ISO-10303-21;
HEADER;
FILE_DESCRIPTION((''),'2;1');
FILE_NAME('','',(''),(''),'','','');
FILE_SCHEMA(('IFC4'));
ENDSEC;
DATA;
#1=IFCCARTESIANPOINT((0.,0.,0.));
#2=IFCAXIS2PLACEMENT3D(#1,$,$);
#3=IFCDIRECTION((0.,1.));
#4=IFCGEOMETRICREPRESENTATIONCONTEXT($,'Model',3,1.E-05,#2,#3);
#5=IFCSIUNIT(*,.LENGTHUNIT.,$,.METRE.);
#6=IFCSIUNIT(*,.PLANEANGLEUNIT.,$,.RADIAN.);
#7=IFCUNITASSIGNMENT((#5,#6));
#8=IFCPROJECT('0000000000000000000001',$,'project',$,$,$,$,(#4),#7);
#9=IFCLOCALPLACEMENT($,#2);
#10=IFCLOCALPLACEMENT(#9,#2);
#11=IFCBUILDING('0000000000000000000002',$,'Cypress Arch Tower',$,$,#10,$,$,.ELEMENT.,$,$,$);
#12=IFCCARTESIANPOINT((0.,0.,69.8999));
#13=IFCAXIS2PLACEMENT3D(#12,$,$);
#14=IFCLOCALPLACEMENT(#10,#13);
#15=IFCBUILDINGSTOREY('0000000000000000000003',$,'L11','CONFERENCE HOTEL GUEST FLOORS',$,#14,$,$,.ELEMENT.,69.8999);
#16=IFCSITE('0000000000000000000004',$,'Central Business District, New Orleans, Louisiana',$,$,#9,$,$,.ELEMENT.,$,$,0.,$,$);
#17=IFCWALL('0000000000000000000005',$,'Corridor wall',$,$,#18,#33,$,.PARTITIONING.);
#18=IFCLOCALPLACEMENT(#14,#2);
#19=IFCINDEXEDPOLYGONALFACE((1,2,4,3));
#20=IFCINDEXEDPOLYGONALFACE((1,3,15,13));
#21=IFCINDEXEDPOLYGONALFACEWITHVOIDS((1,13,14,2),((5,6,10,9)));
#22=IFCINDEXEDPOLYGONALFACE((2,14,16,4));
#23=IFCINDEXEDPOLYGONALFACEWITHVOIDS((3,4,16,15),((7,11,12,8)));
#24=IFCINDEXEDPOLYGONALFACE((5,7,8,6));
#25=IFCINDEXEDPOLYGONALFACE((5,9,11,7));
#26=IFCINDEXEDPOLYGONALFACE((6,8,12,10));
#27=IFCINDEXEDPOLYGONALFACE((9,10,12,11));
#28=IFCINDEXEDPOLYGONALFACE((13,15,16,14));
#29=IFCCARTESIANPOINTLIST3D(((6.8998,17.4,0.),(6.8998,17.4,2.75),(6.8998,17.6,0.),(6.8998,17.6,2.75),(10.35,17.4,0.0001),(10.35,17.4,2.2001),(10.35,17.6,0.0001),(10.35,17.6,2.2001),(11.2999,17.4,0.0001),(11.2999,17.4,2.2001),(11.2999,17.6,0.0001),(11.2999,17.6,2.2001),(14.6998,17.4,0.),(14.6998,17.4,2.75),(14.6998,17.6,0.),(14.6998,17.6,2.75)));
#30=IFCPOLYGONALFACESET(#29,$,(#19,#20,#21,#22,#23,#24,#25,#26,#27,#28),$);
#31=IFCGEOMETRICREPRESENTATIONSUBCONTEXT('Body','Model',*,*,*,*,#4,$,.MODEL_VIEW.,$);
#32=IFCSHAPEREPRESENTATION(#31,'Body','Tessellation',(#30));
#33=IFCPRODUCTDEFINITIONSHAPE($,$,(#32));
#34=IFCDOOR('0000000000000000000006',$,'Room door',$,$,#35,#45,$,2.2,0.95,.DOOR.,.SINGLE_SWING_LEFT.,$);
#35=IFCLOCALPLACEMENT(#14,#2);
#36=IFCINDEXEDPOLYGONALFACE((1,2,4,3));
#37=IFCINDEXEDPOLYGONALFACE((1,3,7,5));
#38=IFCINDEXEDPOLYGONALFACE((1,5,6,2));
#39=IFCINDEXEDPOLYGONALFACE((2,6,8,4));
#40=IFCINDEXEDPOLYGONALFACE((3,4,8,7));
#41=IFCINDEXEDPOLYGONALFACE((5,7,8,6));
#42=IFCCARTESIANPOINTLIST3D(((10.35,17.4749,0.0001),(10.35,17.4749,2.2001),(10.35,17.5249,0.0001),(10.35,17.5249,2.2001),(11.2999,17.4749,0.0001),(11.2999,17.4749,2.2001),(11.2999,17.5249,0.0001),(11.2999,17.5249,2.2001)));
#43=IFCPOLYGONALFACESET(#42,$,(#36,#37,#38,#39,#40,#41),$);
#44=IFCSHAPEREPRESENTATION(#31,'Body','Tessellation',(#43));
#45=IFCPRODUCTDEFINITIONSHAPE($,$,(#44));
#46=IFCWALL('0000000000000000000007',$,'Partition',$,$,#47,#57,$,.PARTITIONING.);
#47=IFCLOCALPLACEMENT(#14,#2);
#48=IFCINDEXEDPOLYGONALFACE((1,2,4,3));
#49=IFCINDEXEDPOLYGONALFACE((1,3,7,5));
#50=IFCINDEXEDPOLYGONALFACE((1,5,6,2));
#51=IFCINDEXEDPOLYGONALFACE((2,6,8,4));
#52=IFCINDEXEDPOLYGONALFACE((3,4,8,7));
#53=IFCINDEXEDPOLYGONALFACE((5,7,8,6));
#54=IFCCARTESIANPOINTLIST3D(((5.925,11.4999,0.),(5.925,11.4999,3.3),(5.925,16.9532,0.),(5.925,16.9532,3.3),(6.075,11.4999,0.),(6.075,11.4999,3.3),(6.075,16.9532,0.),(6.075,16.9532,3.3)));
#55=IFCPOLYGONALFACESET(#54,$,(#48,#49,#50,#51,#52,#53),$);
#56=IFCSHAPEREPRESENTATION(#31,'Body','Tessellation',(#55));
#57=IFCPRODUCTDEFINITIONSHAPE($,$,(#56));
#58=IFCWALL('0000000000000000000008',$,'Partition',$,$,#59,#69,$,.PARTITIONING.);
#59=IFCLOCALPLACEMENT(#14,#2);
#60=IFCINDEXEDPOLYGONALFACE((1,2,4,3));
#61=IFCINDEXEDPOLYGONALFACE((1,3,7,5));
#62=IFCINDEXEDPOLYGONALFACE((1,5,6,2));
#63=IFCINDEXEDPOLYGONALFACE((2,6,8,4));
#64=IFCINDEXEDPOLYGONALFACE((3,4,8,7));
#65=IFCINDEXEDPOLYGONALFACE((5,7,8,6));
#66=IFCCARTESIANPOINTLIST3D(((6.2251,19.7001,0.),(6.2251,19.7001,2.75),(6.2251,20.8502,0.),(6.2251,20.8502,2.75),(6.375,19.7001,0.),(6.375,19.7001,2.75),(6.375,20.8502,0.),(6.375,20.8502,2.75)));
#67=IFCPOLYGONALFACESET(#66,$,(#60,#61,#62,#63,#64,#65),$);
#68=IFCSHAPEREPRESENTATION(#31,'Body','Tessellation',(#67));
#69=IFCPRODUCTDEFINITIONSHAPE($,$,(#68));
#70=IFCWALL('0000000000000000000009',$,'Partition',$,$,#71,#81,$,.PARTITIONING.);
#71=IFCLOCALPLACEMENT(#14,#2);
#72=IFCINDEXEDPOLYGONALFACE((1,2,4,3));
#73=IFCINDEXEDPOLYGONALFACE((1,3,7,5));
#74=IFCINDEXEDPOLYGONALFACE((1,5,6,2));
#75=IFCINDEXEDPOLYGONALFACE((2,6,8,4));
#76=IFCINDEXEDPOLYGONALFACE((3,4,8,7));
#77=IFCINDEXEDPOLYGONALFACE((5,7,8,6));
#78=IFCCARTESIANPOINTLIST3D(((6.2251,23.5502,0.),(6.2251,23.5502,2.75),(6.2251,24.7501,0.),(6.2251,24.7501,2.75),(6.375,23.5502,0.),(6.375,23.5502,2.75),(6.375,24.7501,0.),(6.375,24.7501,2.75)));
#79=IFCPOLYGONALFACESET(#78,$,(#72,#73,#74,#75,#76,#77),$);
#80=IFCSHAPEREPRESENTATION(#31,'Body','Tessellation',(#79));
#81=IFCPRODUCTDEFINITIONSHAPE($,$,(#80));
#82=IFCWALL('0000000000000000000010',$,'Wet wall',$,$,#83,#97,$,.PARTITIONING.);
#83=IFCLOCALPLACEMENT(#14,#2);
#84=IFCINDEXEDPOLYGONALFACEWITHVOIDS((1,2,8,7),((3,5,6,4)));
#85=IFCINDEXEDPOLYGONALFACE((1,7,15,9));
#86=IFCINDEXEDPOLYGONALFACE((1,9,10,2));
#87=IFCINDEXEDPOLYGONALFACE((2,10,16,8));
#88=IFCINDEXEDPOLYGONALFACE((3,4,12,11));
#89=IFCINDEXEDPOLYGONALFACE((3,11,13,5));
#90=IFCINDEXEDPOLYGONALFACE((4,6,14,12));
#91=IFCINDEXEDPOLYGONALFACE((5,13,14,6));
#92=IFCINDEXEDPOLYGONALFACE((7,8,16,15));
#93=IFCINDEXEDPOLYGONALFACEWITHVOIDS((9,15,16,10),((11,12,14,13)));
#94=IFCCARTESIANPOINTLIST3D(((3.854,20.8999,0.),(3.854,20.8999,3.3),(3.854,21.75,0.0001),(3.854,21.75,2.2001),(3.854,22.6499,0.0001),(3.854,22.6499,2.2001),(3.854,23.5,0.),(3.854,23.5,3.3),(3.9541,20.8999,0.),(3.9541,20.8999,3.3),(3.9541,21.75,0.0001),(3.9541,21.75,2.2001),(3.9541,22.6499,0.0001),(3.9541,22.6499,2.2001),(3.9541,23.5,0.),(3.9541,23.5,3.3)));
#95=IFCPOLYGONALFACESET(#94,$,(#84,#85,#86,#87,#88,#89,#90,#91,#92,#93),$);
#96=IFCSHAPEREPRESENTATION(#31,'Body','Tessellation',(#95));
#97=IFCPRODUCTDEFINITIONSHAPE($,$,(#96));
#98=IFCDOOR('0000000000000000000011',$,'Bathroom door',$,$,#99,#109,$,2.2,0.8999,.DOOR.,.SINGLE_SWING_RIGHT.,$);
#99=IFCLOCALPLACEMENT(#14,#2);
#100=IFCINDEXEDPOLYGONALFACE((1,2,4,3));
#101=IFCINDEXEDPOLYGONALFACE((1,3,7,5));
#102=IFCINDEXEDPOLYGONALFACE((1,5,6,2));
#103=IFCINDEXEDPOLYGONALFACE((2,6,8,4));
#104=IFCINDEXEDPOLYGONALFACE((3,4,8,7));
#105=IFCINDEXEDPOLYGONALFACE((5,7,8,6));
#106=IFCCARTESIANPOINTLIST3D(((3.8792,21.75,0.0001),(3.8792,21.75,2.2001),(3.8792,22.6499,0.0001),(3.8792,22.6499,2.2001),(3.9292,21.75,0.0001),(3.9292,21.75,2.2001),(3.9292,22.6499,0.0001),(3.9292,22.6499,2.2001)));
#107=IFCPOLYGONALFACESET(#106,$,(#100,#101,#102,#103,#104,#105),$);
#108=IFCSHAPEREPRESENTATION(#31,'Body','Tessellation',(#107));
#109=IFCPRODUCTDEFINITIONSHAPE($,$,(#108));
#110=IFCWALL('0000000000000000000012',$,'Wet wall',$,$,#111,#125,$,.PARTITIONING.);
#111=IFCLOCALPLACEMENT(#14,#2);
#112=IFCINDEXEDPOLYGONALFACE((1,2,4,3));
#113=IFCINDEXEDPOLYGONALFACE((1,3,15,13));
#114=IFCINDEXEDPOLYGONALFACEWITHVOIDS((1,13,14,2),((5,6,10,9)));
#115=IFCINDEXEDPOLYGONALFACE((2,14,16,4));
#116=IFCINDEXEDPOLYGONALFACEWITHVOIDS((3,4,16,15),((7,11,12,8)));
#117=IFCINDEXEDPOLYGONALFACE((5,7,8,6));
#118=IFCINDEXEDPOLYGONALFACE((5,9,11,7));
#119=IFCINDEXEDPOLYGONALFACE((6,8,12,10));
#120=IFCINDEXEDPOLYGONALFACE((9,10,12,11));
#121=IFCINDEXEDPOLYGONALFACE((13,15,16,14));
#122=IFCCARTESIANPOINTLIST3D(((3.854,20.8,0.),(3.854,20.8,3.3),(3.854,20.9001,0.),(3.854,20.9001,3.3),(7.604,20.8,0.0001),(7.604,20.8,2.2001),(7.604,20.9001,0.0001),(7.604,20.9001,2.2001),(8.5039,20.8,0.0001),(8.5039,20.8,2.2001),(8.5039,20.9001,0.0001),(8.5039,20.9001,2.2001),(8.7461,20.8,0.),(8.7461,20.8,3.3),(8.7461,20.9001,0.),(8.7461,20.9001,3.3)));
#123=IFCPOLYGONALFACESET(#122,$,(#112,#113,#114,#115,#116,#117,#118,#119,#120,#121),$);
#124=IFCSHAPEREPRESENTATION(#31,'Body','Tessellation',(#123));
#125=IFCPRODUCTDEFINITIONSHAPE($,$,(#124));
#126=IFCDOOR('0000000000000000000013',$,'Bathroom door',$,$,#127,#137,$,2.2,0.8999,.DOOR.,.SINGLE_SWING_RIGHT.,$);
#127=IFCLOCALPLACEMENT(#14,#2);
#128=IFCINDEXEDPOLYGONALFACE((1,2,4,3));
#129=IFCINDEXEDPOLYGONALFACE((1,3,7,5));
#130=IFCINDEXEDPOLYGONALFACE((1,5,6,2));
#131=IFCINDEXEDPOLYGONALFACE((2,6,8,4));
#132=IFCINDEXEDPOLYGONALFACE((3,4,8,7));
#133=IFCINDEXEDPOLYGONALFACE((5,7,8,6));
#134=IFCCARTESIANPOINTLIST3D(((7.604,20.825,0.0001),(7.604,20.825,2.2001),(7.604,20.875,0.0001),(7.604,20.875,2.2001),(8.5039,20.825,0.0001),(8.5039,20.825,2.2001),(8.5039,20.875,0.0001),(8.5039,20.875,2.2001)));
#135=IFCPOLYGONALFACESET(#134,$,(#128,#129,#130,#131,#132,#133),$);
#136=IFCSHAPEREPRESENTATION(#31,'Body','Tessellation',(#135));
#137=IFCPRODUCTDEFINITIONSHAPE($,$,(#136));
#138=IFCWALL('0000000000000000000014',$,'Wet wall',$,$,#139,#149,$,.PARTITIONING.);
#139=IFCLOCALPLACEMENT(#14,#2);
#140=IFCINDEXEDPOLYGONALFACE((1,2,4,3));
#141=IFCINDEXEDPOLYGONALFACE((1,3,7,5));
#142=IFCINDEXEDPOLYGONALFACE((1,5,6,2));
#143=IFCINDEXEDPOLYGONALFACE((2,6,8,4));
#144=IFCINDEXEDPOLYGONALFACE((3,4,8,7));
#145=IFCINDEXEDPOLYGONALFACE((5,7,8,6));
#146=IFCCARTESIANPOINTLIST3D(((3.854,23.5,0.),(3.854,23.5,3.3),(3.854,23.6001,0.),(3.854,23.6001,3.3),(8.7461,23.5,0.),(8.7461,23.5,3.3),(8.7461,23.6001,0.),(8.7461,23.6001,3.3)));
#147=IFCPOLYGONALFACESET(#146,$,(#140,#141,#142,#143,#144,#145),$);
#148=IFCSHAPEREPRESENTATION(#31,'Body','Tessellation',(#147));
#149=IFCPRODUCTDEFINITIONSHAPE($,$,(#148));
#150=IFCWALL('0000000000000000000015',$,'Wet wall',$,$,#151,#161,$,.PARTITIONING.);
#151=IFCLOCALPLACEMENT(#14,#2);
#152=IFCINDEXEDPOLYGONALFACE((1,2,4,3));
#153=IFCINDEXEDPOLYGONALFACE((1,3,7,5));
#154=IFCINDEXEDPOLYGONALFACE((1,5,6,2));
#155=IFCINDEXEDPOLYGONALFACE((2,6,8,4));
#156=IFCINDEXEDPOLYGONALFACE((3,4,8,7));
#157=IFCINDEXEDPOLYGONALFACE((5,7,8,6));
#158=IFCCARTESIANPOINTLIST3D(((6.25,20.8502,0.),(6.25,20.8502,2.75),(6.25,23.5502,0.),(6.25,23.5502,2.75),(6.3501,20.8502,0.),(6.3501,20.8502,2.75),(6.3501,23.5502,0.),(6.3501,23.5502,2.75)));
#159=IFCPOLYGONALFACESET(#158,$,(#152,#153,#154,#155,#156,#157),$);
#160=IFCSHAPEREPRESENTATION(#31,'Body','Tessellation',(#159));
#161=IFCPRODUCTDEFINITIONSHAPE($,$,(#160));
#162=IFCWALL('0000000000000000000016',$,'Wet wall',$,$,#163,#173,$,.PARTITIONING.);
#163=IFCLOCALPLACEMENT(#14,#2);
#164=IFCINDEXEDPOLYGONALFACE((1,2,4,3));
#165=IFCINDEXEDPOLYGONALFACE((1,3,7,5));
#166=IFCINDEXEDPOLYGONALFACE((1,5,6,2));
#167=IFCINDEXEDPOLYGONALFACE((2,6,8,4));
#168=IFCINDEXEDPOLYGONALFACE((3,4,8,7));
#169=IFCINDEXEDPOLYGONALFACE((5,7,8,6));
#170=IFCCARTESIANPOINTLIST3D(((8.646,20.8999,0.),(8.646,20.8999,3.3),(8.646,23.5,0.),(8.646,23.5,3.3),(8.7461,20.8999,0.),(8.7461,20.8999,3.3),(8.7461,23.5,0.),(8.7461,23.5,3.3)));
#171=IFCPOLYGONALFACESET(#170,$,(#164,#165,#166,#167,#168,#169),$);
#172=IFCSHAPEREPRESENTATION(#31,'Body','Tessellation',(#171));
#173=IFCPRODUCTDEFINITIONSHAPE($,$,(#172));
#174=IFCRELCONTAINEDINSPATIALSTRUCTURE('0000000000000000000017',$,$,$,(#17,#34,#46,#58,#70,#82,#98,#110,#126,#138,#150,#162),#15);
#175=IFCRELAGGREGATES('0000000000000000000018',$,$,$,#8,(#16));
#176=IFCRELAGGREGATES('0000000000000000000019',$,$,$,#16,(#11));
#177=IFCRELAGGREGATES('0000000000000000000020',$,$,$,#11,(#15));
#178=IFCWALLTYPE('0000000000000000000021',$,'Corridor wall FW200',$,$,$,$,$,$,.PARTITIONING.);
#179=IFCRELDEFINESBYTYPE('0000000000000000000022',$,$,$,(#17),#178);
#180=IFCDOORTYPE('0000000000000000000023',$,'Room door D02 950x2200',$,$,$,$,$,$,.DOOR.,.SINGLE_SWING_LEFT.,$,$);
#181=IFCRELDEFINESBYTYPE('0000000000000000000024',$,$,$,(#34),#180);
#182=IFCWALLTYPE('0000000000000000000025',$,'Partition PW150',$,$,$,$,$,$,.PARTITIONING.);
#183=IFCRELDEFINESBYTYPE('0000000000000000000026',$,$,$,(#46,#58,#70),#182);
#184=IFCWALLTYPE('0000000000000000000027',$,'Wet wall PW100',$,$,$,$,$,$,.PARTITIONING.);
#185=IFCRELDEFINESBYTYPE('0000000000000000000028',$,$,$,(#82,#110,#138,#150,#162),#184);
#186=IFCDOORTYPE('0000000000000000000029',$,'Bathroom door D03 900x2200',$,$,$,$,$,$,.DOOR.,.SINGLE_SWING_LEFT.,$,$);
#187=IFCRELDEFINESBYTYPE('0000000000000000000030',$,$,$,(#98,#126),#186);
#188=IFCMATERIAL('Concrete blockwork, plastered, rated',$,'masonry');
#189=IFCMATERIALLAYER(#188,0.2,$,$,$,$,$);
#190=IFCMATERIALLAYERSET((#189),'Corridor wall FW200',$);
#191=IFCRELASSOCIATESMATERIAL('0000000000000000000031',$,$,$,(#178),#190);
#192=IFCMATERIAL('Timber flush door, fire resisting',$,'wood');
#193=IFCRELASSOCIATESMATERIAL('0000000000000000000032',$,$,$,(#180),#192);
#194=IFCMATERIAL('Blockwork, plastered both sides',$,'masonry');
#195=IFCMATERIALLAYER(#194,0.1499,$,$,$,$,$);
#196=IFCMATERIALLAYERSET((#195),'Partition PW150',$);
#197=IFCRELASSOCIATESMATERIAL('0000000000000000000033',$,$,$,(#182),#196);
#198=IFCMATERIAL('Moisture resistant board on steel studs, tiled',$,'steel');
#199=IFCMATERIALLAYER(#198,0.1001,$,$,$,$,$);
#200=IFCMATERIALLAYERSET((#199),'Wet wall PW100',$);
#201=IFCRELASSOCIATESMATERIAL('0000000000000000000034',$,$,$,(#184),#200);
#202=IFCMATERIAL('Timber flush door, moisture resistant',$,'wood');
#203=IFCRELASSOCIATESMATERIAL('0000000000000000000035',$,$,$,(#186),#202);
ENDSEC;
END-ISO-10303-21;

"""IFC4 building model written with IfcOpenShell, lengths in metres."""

from ifc_helpers import new_model, si_unit, direction, frame, frame_2d, origin, place, context, subcontext, project, spatial, rectangle, extrude, material, layer, layer_set, type_object, element, fill, save


model = new_model("IFC4")

# Units and contexts
model_context = context("Model", 3, precision=1e-05, world=origin(), true_north=direction((0.0, 1.0)))
body_context = subcontext(model_context, "Body", "Model", "MODEL_VIEW")
ifc_project = project(units=[si_unit("LENGTHUNIT", "METRE"), si_unit("PLANEANGLEUNIT", "RADIAN")], contexts=[model_context])

# Site, building, storey
site_placement = place(None, origin())
site = spatial("IfcSite", under=ifc_project, at=site_placement, Name="Central Business District, New Orleans, Louisiana", CompositionType="ELEMENT", RefElevation=0.0)
building_placement = place(site_placement, origin())
building = spatial("IfcBuilding", under=site, at=building_placement, Name="Cypress Arch Tower", CompositionType="ELEMENT")
storey_placement = place(building_placement, frame((0.0, 0.0, 69.8999)))
storey = spatial("IfcBuildingStorey", under=building, at=storey_placement, Name="L11", Description="CONFERENCE HOTEL GUEST FLOORS", CompositionType="ELEMENT", Elevation=69.8999)

# Shared definitions
ifc_material_1 = material(Name="Concrete blockwork, plastered, rated", Category="masonry")
ifc_layer_1 = layer(ifc_material_1, 0.2)
ifc_layer_set_1 = layer_set([ifc_layer_1], Name="Corridor wall FW200")
wall_type_1 = type_object("IfcWallType", Name="Corridor wall FW200", PredefinedType="PARTITIONING", material=ifc_layer_set_1)

# Wall, opening, door
wall_1_placement = place(storey_placement, frame((6.8999, 17.5, 0.0), z_axis=(0.0, 0.0, 1.0), x_axis=(1.0, 0.0, 0.0)))
wall_1 = element("IfcWall", 1, at=wall_1_placement, inside=storey, type_object=wall_type_1, Name="Corridor wall", PredefinedType="PARTITIONING", context=body_context, shape_type="SweptSolid", body=[
    extrude(rectangle(XDim=7.8, YDim=0.2, at=frame_2d((3.8999, 0.0))), origin(), (0.0, 0.0, 1.0), 2.75),
])
opening_1_placement = place(wall_1_placement, frame((3.45, 0.0, 0.0)))
opening_1 = element("IfcOpeningElement", 2, at=opening_1_placement, cuts=wall_1, PredefinedType="OPENING", context=body_context, shape_type="SweptSolid", body=[
    extrude(rectangle(XDim=0.95, YDim=2.2, at=frame_2d((0.4751, 1.1001))), frame((0.0, 0.1099, 0.0), z_axis=(0.0, -1.0, 0.0), x_axis=(1.0, 0.0, 0.0)), (0.0, 0.0, 1.0), 0.22),
])
ifc_material_2 = material(Name="Timber flush door, fire resisting", Category="wood")
door_type_1 = type_object("IfcDoorType", Name="Room door D02 950x2200", OperationType="SINGLE_SWING_LEFT", PredefinedType="DOOR", material=ifc_material_2)
door_1_placement = place(opening_1_placement, origin())
door_1 = element("IfcDoor", 3, at=door_1_placement, inside=storey, type_object=door_type_1, Name="Room door", OperationType="SINGLE_SWING_LEFT", OverallHeight=2.2, OverallWidth=0.95, PredefinedType="DOOR", context=body_context, shape_type="SweptSolid", body=[
    extrude(rectangle(XDim=0.95, YDim=2.2, at=frame_2d((0.4751, 1.1001))), frame((0.0, 0.0249, 0.0), z_axis=(0.0, -1.0, 0.0), x_axis=(1.0, 0.0, 0.0)), (0.0, 0.0, 1.0), 0.05),
])
fill(opening_1, door_1)

# Walls
ifc_material_3 = material(Name="Blockwork, plastered both sides", Category="masonry")
ifc_layer_2 = layer(ifc_material_3, 0.1499)
ifc_layer_set_2 = layer_set([ifc_layer_2], Name="Partition PW150")
wall_type_2 = type_object("IfcWallType", Name="Partition PW150", PredefinedType="PARTITIONING", material=ifc_layer_set_2)
wall_2_placement = place(storey_placement, frame((6.0, 11.5, 0.0), z_axis=(0.0, 0.0, 1.0), x_axis=(0.0, 1.0, 0.0)))
element("IfcWall", 4, at=wall_2_placement, inside=storey, type_object=wall_type_2, Name="Partition", PredefinedType="PARTITIONING", context=body_context, shape_type="SweptSolid", body=[
    extrude(rectangle(XDim=5.4534, YDim=0.1499, at=frame_2d((2.7266, 0.0))), origin(), (0.0, 0.0, 1.0), 3.3),
])
wall_3_placement = place(storey_placement, frame((6.3, 19.7, 0.0), z_axis=(0.0, 0.0, 1.0), x_axis=(0.0, 1.0, 0.0)))
element("IfcWall", 5, at=wall_3_placement, inside=storey, type_object=wall_type_2, Name="Partition", PredefinedType="PARTITIONING", context=body_context, shape_type="SweptSolid", body=[
    extrude(rectangle(XDim=1.1501, YDim=0.1499, at=frame_2d((0.5752, 0.0))), origin(), (0.0, 0.0, 1.0), 2.75),
])
wall_4_placement = place(storey_placement, frame((6.3, 23.55, 0.0), z_axis=(0.0, 0.0, 1.0), x_axis=(0.0, 1.0, 0.0)))
element("IfcWall", 6, at=wall_4_placement, inside=storey, type_object=wall_type_2, Name="Partition", PredefinedType="PARTITIONING", context=body_context, shape_type="SweptSolid", body=[
    extrude(rectangle(XDim=1.2, YDim=0.1499, at=frame_2d((0.6001, 0.0))), origin(), (0.0, 0.0, 1.0), 2.75),
])

# Walls, openings, doors
ifc_material_4 = material(Name="Moisture resistant board on steel studs, tiled", Category="steel")
ifc_layer_3 = layer(ifc_material_4, 0.1001)
ifc_layer_set_3 = layer_set([ifc_layer_3], Name="Wet wall PW100")
wall_type_3 = type_object("IfcWallType", Name="Wet wall PW100", PredefinedType="PARTITIONING", material=ifc_layer_set_3)
wall_5_placement = place(storey_placement, frame((3.9041, 20.8999, 0.0), z_axis=(0.0, 0.0, 1.0), x_axis=(0.0, 1.0, 0.0)))
wall_5 = element("IfcWall", 7, at=wall_5_placement, inside=storey, type_object=wall_type_3, Name="Wet wall", PredefinedType="PARTITIONING", context=body_context, shape_type="SweptSolid", body=[
    extrude(rectangle(XDim=2.6001, YDim=0.1001, at=frame_2d((1.3, 0.0))), origin(), (0.0, 0.0, 1.0), 3.3),
])
opening_2_placement = place(wall_5_placement, frame((0.8501, 0.0, 0.0)))
opening_2 = element("IfcOpeningElement", 8, at=opening_2_placement, cuts=wall_5, PredefinedType="OPENING", context=body_context, shape_type="SweptSolid", body=[
    extrude(rectangle(XDim=0.8999, YDim=2.2, at=frame_2d((0.45, 1.1001))), frame((0.0, 0.0601, 0.0), z_axis=(0.0, -1.0, 0.0), x_axis=(1.0, 0.0, 0.0)), (0.0, 0.0, 1.0), 0.1201),
])
ifc_material_5 = material(Name="Timber flush door, moisture resistant", Category="wood")
door_type_2 = type_object("IfcDoorType", Name="Bathroom door D03 900x2200", OperationType="SINGLE_SWING_LEFT", PredefinedType="DOOR", material=ifc_material_5)
door_2_placement = place(opening_2_placement, origin())
door_2 = element("IfcDoor", 9, at=door_2_placement, inside=storey, type_object=door_type_2, Name="Bathroom door", OperationType="SINGLE_SWING_RIGHT", OverallHeight=2.2, OverallWidth=0.8999, PredefinedType="DOOR", context=body_context, shape_type="SweptSolid", body=[
    extrude(rectangle(XDim=0.8999, YDim=2.2, at=frame_2d((0.45, 1.1001))), frame((0.0, 0.0249, 0.0), z_axis=(0.0, -1.0, 0.0), x_axis=(1.0, 0.0, 0.0)), (0.0, 0.0, 1.0), 0.05),
])
fill(opening_2, door_2)
wall_6_placement = place(storey_placement, frame((3.854, 20.8501, 0.0), z_axis=(0.0, 0.0, 1.0), x_axis=(1.0, 0.0, 0.0)))
wall_6 = element("IfcWall", 10, at=wall_6_placement, inside=storey, type_object=wall_type_3, Name="Wet wall", PredefinedType="PARTITIONING", context=body_context, shape_type="SweptSolid", body=[
    extrude(rectangle(XDim=4.8921, YDim=0.1001, at=frame_2d((2.446, 0.0))), origin(), (0.0, 0.0, 1.0), 3.3),
])
opening_3_placement = place(wall_6_placement, frame((3.75, 0.0, 0.0)))
opening_3 = element("IfcOpeningElement", 11, at=opening_3_placement, cuts=wall_6, PredefinedType="OPENING", context=body_context, shape_type="SweptSolid", body=[
    extrude(rectangle(XDim=0.8999, YDim=2.2, at=frame_2d((0.45, 1.1001))), frame((0.0, 0.0601, 0.0), z_axis=(0.0, -1.0, 0.0), x_axis=(1.0, 0.0, 0.0)), (0.0, 0.0, 1.0), 0.1201),
])
door_3_placement = place(opening_3_placement, origin())
door_3 = element("IfcDoor", 12, at=door_3_placement, inside=storey, type_object=door_type_2, Name="Bathroom door", OperationType="SINGLE_SWING_RIGHT", OverallHeight=2.2, OverallWidth=0.8999, PredefinedType="DOOR", context=body_context, shape_type="SweptSolid", body=[
    extrude(rectangle(XDim=0.8999, YDim=2.2, at=frame_2d((0.45, 1.1001))), frame((0.0, 0.0249, 0.0), z_axis=(0.0, -1.0, 0.0), x_axis=(1.0, 0.0, 0.0)), (0.0, 0.0, 1.0), 0.05),
])
fill(opening_3, door_3)

# Walls
wall_7_placement = place(storey_placement, frame((3.854, 23.55, 0.0), z_axis=(0.0, 0.0, 1.0), x_axis=(1.0, 0.0, 0.0)))
element("IfcWall", 13, at=wall_7_placement, inside=storey, type_object=wall_type_3, Name="Wet wall", PredefinedType="PARTITIONING", context=body_context, shape_type="SweptSolid", body=[
    extrude(rectangle(XDim=4.8921, YDim=0.1001, at=frame_2d((2.446, 0.0))), origin(), (0.0, 0.0, 1.0), 3.3),
])
wall_8_placement = place(storey_placement, frame((6.3, 20.8501, 0.0), z_axis=(0.0, 0.0, 1.0), x_axis=(0.0, 1.0, 0.0)))
element("IfcWall", 14, at=wall_8_placement, inside=storey, type_object=wall_type_3, Name="Wet wall", PredefinedType="PARTITIONING", context=body_context, shape_type="SweptSolid", body=[
    extrude(rectangle(XDim=2.7, YDim=0.1001, at=frame_2d((1.3501, 0.0))), origin(), (0.0, 0.0, 1.0), 2.75),
])
wall_9_placement = place(storey_placement, frame((8.696, 20.8999, 0.0), z_axis=(0.0, 0.0, 1.0), x_axis=(0.0, 1.0, 0.0)))
element("IfcWall", 15, at=wall_9_placement, inside=storey, type_object=wall_type_3, Name="Wet wall", PredefinedType="PARTITIONING", context=body_context, shape_type="SweptSolid", body=[
    extrude(rectangle(XDim=2.6001, YDim=0.1001, at=frame_2d((1.3, 0.0))), origin(), (0.0, 0.0, 1.0), 3.3),
])

save(model, "model.ifc")
